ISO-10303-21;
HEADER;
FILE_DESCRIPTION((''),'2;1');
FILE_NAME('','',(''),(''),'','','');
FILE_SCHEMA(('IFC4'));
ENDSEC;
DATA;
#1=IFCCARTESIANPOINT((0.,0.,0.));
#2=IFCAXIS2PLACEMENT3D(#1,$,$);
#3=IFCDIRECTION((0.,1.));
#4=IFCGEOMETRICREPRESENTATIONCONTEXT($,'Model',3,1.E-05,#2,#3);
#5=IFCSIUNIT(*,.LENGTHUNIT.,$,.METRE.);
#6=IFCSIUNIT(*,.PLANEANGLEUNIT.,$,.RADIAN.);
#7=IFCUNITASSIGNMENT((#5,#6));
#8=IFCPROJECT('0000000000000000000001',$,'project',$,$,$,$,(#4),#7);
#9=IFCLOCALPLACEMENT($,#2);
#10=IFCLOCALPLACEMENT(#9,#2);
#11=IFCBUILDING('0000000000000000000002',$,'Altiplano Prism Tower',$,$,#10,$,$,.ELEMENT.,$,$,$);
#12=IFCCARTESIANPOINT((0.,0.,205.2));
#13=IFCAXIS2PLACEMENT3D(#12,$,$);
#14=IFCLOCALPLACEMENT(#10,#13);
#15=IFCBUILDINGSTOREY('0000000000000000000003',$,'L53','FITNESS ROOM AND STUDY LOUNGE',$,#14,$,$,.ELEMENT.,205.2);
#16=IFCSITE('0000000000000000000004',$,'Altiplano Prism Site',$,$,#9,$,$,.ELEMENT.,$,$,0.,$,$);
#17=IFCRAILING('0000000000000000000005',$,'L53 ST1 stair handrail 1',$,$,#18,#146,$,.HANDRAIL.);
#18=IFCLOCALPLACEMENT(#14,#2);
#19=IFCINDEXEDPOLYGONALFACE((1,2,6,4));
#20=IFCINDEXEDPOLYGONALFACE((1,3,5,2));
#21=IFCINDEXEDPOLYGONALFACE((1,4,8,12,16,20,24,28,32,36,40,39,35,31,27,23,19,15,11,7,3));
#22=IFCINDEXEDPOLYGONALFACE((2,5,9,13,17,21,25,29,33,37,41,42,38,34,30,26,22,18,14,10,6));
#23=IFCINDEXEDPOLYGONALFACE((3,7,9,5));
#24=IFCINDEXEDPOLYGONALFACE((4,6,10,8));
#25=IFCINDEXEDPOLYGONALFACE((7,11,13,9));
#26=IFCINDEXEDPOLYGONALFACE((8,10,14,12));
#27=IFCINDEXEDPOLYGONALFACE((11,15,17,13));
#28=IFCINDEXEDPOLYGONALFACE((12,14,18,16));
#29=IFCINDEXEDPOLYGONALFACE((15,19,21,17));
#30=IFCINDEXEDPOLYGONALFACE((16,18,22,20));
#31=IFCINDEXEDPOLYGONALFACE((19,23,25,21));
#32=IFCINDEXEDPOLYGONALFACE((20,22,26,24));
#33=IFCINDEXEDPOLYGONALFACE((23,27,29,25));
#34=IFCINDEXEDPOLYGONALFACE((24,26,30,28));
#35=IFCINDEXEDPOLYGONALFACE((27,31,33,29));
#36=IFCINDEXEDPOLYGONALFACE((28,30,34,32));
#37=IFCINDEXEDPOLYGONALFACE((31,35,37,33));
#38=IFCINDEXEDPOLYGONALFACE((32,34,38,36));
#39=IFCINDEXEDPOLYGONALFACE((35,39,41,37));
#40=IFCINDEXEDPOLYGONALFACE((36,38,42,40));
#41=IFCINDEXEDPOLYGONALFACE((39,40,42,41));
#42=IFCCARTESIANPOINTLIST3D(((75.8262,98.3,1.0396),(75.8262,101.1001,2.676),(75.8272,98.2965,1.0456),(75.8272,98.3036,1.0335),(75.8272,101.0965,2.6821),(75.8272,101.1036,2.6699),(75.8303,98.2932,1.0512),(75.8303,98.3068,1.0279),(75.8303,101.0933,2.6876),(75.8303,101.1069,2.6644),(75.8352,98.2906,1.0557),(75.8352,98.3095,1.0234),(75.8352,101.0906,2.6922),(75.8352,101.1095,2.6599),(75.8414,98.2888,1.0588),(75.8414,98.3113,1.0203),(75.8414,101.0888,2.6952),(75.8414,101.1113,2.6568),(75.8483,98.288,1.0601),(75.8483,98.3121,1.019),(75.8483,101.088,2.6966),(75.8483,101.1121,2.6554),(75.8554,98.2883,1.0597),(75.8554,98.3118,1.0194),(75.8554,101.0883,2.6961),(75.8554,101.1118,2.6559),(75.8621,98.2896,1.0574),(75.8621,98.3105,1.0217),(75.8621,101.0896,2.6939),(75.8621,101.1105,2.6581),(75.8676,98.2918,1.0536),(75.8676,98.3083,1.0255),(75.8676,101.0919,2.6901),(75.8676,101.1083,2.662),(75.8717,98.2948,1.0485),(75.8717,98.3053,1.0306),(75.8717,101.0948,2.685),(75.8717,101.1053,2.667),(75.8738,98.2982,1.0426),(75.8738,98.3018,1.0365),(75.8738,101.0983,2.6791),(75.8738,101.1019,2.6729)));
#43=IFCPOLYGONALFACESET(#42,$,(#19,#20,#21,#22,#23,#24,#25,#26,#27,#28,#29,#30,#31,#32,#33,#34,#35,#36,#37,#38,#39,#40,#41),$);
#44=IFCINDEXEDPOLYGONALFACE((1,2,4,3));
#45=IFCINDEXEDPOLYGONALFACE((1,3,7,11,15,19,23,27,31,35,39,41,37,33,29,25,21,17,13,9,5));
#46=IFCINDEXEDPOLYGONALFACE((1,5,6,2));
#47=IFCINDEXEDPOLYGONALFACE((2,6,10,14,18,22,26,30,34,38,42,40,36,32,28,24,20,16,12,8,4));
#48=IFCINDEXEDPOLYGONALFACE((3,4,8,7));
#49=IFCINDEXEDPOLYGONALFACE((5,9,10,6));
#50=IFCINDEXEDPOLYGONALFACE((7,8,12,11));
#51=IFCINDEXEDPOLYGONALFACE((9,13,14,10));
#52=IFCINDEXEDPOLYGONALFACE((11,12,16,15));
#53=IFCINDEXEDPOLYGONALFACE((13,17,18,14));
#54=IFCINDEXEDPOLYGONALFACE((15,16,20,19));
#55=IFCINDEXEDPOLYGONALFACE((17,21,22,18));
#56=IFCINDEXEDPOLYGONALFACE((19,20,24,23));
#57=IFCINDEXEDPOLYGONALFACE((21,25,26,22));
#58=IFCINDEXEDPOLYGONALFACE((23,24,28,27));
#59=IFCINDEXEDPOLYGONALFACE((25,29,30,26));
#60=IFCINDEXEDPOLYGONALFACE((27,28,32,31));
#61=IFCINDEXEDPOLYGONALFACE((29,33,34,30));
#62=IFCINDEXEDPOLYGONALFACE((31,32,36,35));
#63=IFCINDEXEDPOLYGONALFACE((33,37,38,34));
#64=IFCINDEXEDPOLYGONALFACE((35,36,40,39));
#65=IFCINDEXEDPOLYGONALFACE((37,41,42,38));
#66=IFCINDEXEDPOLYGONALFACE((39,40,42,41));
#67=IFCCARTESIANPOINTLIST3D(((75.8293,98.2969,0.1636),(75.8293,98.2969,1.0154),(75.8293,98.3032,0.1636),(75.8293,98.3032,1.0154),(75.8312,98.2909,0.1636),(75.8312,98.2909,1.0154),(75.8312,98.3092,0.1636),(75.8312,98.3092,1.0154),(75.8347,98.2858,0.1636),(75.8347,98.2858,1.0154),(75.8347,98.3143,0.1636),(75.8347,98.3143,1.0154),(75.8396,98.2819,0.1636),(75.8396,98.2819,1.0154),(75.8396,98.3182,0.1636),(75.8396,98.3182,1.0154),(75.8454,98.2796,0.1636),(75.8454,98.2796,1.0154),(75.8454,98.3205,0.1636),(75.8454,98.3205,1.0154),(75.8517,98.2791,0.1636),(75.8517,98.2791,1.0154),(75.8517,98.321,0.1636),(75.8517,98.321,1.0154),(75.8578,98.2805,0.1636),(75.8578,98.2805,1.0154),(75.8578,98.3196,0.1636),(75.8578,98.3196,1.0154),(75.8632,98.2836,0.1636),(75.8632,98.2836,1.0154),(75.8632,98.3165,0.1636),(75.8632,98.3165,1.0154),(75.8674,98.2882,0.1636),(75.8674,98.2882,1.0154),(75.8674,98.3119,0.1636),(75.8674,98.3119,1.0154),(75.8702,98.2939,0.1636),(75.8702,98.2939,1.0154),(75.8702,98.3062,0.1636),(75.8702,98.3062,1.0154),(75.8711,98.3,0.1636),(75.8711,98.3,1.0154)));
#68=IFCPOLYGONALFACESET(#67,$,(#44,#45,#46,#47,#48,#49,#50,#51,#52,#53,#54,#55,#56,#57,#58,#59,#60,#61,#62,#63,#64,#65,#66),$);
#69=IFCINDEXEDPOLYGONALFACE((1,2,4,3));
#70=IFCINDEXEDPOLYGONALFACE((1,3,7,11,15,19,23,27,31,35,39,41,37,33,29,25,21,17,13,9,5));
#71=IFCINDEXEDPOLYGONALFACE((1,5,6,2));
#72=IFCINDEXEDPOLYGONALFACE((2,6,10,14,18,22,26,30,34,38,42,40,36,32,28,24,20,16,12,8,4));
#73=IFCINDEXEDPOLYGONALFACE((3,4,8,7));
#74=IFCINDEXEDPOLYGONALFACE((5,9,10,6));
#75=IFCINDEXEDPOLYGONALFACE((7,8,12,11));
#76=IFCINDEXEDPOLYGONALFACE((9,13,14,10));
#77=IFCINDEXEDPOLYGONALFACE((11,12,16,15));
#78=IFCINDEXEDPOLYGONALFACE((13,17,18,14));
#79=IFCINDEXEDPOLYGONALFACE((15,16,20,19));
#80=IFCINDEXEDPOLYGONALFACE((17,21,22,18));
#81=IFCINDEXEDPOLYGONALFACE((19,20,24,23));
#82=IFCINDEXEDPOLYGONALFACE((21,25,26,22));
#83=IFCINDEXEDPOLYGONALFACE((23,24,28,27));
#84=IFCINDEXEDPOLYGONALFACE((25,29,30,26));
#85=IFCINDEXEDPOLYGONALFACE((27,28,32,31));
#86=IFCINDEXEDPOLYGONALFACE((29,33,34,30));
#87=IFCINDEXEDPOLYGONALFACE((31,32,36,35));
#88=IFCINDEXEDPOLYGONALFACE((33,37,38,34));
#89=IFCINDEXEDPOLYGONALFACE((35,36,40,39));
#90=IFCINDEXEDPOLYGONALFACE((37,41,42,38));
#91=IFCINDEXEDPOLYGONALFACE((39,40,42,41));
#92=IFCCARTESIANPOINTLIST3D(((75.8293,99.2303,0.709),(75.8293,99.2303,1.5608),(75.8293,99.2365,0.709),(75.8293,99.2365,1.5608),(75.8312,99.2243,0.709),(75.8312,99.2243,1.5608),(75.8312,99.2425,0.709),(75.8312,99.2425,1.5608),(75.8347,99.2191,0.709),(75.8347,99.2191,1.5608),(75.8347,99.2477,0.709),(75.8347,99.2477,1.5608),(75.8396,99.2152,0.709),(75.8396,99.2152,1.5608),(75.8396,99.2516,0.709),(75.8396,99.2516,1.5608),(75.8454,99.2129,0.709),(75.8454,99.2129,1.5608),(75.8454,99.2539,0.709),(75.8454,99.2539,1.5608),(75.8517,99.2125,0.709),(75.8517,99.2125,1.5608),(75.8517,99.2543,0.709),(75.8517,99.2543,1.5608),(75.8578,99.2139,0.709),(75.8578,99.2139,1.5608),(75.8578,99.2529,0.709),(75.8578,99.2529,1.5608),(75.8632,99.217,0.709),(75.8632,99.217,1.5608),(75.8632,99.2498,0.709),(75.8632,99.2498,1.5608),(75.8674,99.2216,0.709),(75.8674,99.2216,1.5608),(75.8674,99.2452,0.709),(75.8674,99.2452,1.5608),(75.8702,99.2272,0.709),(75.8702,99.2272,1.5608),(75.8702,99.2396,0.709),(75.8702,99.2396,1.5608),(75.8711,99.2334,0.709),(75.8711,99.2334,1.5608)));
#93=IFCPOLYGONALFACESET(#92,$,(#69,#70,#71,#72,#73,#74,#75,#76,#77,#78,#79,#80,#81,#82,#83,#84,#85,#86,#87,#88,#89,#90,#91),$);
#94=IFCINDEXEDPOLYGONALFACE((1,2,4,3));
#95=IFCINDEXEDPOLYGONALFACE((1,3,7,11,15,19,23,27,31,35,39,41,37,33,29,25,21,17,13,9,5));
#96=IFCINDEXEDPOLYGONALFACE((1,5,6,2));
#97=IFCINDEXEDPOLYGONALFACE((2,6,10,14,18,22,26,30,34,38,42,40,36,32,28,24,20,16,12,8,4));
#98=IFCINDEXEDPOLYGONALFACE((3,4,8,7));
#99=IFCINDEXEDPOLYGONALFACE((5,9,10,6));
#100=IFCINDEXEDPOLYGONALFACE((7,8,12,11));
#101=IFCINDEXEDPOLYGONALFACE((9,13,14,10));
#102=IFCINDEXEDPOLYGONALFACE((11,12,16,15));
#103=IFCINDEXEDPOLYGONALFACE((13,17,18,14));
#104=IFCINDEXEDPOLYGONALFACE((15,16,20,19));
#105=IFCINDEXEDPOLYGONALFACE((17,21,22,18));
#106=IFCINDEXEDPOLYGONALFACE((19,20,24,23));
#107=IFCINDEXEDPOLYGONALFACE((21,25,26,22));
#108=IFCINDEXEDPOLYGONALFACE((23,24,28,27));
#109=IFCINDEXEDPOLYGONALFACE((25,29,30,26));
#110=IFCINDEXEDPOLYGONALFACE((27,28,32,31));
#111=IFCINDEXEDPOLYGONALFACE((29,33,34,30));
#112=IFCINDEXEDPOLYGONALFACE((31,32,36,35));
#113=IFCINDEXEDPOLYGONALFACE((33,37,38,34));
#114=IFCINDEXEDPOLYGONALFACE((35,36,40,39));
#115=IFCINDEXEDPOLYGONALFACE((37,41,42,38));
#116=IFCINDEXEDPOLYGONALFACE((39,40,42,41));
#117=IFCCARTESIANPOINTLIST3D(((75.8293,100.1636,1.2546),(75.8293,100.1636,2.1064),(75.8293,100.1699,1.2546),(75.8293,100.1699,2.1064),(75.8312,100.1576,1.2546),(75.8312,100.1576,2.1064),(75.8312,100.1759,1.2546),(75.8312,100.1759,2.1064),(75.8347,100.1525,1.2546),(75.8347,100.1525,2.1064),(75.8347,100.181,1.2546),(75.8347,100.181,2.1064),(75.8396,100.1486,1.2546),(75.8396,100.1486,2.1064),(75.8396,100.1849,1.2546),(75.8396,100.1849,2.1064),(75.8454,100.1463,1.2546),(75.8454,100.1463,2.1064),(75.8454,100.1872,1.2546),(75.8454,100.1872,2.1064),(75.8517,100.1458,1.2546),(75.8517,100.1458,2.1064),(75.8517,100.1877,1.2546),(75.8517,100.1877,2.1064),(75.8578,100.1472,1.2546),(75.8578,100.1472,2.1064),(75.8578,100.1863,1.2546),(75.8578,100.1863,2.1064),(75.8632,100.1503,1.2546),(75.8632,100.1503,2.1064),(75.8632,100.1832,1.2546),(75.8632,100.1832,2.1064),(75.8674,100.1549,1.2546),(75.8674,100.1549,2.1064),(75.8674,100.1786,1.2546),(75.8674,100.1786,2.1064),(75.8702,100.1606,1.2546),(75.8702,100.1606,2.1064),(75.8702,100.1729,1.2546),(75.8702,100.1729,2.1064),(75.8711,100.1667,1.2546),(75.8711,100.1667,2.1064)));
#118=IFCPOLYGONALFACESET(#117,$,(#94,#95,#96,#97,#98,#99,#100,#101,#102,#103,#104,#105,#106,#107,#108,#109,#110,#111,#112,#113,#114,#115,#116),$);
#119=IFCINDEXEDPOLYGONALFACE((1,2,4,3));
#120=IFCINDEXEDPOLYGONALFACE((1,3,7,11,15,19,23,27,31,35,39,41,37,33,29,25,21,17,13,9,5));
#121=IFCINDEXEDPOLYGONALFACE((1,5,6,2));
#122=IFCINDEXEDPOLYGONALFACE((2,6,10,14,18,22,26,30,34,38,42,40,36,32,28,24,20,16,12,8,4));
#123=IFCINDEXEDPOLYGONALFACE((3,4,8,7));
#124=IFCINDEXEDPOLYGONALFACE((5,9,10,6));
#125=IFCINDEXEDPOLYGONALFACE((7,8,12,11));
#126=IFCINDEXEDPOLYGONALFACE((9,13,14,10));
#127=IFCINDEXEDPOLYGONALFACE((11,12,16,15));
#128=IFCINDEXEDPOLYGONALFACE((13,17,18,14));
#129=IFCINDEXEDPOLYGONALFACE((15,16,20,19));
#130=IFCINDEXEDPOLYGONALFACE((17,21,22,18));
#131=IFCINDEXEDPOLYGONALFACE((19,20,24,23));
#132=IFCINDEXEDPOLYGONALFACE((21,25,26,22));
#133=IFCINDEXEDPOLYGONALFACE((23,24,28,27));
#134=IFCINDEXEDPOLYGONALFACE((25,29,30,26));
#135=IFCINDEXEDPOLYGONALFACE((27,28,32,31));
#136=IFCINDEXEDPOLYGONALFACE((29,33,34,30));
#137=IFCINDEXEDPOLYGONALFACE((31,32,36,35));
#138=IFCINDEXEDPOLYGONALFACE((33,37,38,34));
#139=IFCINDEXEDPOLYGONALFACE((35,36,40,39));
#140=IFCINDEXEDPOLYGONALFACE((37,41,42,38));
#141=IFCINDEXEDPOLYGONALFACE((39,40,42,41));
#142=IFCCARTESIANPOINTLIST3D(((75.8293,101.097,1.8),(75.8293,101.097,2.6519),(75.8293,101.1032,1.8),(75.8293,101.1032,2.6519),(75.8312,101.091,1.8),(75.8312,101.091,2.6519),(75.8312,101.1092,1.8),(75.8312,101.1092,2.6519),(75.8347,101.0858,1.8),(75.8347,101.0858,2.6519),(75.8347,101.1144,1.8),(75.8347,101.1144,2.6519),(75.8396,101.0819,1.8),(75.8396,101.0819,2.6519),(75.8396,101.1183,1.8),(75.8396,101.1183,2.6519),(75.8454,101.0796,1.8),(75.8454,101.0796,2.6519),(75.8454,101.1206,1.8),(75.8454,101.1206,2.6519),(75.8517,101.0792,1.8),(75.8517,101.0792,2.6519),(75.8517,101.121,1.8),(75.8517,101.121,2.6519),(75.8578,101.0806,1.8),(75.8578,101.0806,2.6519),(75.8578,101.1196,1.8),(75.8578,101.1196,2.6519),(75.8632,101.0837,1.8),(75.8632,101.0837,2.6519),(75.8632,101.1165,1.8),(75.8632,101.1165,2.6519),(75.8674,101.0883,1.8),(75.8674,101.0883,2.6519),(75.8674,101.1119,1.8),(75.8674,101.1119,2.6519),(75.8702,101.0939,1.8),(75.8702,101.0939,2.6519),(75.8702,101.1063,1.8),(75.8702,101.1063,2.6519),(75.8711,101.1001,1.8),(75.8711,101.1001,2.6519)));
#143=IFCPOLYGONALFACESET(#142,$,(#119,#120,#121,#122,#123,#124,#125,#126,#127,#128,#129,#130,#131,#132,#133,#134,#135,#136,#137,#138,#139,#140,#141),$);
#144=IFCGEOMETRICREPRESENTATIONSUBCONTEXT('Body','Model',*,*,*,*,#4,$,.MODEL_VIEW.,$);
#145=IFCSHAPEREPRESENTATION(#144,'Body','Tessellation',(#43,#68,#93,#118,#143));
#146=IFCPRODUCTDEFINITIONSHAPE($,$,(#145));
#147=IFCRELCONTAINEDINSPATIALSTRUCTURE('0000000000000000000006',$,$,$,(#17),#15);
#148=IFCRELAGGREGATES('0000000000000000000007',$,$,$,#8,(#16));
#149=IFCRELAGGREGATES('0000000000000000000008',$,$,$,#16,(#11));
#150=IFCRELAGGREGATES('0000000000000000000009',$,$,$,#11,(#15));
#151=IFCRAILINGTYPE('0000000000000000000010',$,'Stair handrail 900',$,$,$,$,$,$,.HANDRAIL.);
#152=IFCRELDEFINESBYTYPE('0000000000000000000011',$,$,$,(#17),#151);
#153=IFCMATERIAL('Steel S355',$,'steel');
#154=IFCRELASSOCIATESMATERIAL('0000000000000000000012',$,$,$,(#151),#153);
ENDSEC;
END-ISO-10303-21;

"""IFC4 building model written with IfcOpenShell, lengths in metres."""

from ifc_helpers import new_model, si_unit, direction, frame, origin, origin_2d, place, context, subcontext, project, spatial, circle, extrude, material, type_object, element, save


model = new_model("IFC4")

# Units and contexts
model_context = context("Model", 3, precision=1e-05, world=origin(), true_north=direction((0.0, 1.0)))
body_context = subcontext(model_context, "Body", "Model", "MODEL_VIEW")
ifc_project = project(units=[si_unit("LENGTHUNIT", "METRE"), si_unit("PLANEANGLEUNIT", "RADIAN")], contexts=[model_context])

# Site, building, storey
site_placement = place(None, origin())
site = spatial("IfcSite", under=ifc_project, at=site_placement, Name="Altiplano Prism Site", CompositionType="ELEMENT", RefElevation=0.0)
building_placement = place(site_placement, origin())
building = spatial("IfcBuilding", under=site, at=building_placement, Name="Altiplano Prism Tower", CompositionType="ELEMENT")
storey_placement = place(building_placement, frame((0.0, 0.0, 205.2)))
storey = spatial("IfcBuildingStorey", under=building, at=storey_placement, Name="L53", Description="FITNESS ROOM AND STUDY LOUNGE", CompositionType="ELEMENT", Elevation=205.2)

# Railing
ifc_material_1 = material(Name="Steel S355", Category="steel")
railing_type_1 = type_object("IfcRailingType", Name="Stair handrail 900", PredefinedType="HANDRAIL", material=ifc_material_1)
railing_1_placement = place(storey_placement, frame((75.8501, 98.3, 0.1636)))
element("IfcRailing", 1, at=railing_1_placement, inside=storey, type_object=railing_type_1, Name="L53 ST1 stair handrail 1", PredefinedType="HANDRAIL", context=body_context, shape_type="SweptSolid", body=[
    extrude(circle(Radius=0.0239, at=origin_2d()), frame((0.0, 0.0, 0.876), z_axis=(0.0, 0.863361, 0.504587), x_axis=(-1.0, 0.0, 0.0)), (0.0, 0.0, 1.0), 3.2432),
    extrude(circle(Radius=0.021, at=origin_2d()), origin(), (0.0, 0.0, 1.0), 0.8518),
    extrude(circle(Radius=0.021, at=origin_2d()), frame((0.0, 0.9333, 0.5454)), (0.0, 0.0, 1.0), 0.8518),
    extrude(circle(Radius=0.021, at=origin_2d()), frame((0.0, 1.8667, 1.0911)), (0.0, 0.0, 1.0), 0.8518),
    extrude(circle(Radius=0.021, at=origin_2d()), frame((0.0, 2.8, 1.6365)), (0.0, 0.0, 1.0), 0.8518),
])

save(model, "model.ifc")
